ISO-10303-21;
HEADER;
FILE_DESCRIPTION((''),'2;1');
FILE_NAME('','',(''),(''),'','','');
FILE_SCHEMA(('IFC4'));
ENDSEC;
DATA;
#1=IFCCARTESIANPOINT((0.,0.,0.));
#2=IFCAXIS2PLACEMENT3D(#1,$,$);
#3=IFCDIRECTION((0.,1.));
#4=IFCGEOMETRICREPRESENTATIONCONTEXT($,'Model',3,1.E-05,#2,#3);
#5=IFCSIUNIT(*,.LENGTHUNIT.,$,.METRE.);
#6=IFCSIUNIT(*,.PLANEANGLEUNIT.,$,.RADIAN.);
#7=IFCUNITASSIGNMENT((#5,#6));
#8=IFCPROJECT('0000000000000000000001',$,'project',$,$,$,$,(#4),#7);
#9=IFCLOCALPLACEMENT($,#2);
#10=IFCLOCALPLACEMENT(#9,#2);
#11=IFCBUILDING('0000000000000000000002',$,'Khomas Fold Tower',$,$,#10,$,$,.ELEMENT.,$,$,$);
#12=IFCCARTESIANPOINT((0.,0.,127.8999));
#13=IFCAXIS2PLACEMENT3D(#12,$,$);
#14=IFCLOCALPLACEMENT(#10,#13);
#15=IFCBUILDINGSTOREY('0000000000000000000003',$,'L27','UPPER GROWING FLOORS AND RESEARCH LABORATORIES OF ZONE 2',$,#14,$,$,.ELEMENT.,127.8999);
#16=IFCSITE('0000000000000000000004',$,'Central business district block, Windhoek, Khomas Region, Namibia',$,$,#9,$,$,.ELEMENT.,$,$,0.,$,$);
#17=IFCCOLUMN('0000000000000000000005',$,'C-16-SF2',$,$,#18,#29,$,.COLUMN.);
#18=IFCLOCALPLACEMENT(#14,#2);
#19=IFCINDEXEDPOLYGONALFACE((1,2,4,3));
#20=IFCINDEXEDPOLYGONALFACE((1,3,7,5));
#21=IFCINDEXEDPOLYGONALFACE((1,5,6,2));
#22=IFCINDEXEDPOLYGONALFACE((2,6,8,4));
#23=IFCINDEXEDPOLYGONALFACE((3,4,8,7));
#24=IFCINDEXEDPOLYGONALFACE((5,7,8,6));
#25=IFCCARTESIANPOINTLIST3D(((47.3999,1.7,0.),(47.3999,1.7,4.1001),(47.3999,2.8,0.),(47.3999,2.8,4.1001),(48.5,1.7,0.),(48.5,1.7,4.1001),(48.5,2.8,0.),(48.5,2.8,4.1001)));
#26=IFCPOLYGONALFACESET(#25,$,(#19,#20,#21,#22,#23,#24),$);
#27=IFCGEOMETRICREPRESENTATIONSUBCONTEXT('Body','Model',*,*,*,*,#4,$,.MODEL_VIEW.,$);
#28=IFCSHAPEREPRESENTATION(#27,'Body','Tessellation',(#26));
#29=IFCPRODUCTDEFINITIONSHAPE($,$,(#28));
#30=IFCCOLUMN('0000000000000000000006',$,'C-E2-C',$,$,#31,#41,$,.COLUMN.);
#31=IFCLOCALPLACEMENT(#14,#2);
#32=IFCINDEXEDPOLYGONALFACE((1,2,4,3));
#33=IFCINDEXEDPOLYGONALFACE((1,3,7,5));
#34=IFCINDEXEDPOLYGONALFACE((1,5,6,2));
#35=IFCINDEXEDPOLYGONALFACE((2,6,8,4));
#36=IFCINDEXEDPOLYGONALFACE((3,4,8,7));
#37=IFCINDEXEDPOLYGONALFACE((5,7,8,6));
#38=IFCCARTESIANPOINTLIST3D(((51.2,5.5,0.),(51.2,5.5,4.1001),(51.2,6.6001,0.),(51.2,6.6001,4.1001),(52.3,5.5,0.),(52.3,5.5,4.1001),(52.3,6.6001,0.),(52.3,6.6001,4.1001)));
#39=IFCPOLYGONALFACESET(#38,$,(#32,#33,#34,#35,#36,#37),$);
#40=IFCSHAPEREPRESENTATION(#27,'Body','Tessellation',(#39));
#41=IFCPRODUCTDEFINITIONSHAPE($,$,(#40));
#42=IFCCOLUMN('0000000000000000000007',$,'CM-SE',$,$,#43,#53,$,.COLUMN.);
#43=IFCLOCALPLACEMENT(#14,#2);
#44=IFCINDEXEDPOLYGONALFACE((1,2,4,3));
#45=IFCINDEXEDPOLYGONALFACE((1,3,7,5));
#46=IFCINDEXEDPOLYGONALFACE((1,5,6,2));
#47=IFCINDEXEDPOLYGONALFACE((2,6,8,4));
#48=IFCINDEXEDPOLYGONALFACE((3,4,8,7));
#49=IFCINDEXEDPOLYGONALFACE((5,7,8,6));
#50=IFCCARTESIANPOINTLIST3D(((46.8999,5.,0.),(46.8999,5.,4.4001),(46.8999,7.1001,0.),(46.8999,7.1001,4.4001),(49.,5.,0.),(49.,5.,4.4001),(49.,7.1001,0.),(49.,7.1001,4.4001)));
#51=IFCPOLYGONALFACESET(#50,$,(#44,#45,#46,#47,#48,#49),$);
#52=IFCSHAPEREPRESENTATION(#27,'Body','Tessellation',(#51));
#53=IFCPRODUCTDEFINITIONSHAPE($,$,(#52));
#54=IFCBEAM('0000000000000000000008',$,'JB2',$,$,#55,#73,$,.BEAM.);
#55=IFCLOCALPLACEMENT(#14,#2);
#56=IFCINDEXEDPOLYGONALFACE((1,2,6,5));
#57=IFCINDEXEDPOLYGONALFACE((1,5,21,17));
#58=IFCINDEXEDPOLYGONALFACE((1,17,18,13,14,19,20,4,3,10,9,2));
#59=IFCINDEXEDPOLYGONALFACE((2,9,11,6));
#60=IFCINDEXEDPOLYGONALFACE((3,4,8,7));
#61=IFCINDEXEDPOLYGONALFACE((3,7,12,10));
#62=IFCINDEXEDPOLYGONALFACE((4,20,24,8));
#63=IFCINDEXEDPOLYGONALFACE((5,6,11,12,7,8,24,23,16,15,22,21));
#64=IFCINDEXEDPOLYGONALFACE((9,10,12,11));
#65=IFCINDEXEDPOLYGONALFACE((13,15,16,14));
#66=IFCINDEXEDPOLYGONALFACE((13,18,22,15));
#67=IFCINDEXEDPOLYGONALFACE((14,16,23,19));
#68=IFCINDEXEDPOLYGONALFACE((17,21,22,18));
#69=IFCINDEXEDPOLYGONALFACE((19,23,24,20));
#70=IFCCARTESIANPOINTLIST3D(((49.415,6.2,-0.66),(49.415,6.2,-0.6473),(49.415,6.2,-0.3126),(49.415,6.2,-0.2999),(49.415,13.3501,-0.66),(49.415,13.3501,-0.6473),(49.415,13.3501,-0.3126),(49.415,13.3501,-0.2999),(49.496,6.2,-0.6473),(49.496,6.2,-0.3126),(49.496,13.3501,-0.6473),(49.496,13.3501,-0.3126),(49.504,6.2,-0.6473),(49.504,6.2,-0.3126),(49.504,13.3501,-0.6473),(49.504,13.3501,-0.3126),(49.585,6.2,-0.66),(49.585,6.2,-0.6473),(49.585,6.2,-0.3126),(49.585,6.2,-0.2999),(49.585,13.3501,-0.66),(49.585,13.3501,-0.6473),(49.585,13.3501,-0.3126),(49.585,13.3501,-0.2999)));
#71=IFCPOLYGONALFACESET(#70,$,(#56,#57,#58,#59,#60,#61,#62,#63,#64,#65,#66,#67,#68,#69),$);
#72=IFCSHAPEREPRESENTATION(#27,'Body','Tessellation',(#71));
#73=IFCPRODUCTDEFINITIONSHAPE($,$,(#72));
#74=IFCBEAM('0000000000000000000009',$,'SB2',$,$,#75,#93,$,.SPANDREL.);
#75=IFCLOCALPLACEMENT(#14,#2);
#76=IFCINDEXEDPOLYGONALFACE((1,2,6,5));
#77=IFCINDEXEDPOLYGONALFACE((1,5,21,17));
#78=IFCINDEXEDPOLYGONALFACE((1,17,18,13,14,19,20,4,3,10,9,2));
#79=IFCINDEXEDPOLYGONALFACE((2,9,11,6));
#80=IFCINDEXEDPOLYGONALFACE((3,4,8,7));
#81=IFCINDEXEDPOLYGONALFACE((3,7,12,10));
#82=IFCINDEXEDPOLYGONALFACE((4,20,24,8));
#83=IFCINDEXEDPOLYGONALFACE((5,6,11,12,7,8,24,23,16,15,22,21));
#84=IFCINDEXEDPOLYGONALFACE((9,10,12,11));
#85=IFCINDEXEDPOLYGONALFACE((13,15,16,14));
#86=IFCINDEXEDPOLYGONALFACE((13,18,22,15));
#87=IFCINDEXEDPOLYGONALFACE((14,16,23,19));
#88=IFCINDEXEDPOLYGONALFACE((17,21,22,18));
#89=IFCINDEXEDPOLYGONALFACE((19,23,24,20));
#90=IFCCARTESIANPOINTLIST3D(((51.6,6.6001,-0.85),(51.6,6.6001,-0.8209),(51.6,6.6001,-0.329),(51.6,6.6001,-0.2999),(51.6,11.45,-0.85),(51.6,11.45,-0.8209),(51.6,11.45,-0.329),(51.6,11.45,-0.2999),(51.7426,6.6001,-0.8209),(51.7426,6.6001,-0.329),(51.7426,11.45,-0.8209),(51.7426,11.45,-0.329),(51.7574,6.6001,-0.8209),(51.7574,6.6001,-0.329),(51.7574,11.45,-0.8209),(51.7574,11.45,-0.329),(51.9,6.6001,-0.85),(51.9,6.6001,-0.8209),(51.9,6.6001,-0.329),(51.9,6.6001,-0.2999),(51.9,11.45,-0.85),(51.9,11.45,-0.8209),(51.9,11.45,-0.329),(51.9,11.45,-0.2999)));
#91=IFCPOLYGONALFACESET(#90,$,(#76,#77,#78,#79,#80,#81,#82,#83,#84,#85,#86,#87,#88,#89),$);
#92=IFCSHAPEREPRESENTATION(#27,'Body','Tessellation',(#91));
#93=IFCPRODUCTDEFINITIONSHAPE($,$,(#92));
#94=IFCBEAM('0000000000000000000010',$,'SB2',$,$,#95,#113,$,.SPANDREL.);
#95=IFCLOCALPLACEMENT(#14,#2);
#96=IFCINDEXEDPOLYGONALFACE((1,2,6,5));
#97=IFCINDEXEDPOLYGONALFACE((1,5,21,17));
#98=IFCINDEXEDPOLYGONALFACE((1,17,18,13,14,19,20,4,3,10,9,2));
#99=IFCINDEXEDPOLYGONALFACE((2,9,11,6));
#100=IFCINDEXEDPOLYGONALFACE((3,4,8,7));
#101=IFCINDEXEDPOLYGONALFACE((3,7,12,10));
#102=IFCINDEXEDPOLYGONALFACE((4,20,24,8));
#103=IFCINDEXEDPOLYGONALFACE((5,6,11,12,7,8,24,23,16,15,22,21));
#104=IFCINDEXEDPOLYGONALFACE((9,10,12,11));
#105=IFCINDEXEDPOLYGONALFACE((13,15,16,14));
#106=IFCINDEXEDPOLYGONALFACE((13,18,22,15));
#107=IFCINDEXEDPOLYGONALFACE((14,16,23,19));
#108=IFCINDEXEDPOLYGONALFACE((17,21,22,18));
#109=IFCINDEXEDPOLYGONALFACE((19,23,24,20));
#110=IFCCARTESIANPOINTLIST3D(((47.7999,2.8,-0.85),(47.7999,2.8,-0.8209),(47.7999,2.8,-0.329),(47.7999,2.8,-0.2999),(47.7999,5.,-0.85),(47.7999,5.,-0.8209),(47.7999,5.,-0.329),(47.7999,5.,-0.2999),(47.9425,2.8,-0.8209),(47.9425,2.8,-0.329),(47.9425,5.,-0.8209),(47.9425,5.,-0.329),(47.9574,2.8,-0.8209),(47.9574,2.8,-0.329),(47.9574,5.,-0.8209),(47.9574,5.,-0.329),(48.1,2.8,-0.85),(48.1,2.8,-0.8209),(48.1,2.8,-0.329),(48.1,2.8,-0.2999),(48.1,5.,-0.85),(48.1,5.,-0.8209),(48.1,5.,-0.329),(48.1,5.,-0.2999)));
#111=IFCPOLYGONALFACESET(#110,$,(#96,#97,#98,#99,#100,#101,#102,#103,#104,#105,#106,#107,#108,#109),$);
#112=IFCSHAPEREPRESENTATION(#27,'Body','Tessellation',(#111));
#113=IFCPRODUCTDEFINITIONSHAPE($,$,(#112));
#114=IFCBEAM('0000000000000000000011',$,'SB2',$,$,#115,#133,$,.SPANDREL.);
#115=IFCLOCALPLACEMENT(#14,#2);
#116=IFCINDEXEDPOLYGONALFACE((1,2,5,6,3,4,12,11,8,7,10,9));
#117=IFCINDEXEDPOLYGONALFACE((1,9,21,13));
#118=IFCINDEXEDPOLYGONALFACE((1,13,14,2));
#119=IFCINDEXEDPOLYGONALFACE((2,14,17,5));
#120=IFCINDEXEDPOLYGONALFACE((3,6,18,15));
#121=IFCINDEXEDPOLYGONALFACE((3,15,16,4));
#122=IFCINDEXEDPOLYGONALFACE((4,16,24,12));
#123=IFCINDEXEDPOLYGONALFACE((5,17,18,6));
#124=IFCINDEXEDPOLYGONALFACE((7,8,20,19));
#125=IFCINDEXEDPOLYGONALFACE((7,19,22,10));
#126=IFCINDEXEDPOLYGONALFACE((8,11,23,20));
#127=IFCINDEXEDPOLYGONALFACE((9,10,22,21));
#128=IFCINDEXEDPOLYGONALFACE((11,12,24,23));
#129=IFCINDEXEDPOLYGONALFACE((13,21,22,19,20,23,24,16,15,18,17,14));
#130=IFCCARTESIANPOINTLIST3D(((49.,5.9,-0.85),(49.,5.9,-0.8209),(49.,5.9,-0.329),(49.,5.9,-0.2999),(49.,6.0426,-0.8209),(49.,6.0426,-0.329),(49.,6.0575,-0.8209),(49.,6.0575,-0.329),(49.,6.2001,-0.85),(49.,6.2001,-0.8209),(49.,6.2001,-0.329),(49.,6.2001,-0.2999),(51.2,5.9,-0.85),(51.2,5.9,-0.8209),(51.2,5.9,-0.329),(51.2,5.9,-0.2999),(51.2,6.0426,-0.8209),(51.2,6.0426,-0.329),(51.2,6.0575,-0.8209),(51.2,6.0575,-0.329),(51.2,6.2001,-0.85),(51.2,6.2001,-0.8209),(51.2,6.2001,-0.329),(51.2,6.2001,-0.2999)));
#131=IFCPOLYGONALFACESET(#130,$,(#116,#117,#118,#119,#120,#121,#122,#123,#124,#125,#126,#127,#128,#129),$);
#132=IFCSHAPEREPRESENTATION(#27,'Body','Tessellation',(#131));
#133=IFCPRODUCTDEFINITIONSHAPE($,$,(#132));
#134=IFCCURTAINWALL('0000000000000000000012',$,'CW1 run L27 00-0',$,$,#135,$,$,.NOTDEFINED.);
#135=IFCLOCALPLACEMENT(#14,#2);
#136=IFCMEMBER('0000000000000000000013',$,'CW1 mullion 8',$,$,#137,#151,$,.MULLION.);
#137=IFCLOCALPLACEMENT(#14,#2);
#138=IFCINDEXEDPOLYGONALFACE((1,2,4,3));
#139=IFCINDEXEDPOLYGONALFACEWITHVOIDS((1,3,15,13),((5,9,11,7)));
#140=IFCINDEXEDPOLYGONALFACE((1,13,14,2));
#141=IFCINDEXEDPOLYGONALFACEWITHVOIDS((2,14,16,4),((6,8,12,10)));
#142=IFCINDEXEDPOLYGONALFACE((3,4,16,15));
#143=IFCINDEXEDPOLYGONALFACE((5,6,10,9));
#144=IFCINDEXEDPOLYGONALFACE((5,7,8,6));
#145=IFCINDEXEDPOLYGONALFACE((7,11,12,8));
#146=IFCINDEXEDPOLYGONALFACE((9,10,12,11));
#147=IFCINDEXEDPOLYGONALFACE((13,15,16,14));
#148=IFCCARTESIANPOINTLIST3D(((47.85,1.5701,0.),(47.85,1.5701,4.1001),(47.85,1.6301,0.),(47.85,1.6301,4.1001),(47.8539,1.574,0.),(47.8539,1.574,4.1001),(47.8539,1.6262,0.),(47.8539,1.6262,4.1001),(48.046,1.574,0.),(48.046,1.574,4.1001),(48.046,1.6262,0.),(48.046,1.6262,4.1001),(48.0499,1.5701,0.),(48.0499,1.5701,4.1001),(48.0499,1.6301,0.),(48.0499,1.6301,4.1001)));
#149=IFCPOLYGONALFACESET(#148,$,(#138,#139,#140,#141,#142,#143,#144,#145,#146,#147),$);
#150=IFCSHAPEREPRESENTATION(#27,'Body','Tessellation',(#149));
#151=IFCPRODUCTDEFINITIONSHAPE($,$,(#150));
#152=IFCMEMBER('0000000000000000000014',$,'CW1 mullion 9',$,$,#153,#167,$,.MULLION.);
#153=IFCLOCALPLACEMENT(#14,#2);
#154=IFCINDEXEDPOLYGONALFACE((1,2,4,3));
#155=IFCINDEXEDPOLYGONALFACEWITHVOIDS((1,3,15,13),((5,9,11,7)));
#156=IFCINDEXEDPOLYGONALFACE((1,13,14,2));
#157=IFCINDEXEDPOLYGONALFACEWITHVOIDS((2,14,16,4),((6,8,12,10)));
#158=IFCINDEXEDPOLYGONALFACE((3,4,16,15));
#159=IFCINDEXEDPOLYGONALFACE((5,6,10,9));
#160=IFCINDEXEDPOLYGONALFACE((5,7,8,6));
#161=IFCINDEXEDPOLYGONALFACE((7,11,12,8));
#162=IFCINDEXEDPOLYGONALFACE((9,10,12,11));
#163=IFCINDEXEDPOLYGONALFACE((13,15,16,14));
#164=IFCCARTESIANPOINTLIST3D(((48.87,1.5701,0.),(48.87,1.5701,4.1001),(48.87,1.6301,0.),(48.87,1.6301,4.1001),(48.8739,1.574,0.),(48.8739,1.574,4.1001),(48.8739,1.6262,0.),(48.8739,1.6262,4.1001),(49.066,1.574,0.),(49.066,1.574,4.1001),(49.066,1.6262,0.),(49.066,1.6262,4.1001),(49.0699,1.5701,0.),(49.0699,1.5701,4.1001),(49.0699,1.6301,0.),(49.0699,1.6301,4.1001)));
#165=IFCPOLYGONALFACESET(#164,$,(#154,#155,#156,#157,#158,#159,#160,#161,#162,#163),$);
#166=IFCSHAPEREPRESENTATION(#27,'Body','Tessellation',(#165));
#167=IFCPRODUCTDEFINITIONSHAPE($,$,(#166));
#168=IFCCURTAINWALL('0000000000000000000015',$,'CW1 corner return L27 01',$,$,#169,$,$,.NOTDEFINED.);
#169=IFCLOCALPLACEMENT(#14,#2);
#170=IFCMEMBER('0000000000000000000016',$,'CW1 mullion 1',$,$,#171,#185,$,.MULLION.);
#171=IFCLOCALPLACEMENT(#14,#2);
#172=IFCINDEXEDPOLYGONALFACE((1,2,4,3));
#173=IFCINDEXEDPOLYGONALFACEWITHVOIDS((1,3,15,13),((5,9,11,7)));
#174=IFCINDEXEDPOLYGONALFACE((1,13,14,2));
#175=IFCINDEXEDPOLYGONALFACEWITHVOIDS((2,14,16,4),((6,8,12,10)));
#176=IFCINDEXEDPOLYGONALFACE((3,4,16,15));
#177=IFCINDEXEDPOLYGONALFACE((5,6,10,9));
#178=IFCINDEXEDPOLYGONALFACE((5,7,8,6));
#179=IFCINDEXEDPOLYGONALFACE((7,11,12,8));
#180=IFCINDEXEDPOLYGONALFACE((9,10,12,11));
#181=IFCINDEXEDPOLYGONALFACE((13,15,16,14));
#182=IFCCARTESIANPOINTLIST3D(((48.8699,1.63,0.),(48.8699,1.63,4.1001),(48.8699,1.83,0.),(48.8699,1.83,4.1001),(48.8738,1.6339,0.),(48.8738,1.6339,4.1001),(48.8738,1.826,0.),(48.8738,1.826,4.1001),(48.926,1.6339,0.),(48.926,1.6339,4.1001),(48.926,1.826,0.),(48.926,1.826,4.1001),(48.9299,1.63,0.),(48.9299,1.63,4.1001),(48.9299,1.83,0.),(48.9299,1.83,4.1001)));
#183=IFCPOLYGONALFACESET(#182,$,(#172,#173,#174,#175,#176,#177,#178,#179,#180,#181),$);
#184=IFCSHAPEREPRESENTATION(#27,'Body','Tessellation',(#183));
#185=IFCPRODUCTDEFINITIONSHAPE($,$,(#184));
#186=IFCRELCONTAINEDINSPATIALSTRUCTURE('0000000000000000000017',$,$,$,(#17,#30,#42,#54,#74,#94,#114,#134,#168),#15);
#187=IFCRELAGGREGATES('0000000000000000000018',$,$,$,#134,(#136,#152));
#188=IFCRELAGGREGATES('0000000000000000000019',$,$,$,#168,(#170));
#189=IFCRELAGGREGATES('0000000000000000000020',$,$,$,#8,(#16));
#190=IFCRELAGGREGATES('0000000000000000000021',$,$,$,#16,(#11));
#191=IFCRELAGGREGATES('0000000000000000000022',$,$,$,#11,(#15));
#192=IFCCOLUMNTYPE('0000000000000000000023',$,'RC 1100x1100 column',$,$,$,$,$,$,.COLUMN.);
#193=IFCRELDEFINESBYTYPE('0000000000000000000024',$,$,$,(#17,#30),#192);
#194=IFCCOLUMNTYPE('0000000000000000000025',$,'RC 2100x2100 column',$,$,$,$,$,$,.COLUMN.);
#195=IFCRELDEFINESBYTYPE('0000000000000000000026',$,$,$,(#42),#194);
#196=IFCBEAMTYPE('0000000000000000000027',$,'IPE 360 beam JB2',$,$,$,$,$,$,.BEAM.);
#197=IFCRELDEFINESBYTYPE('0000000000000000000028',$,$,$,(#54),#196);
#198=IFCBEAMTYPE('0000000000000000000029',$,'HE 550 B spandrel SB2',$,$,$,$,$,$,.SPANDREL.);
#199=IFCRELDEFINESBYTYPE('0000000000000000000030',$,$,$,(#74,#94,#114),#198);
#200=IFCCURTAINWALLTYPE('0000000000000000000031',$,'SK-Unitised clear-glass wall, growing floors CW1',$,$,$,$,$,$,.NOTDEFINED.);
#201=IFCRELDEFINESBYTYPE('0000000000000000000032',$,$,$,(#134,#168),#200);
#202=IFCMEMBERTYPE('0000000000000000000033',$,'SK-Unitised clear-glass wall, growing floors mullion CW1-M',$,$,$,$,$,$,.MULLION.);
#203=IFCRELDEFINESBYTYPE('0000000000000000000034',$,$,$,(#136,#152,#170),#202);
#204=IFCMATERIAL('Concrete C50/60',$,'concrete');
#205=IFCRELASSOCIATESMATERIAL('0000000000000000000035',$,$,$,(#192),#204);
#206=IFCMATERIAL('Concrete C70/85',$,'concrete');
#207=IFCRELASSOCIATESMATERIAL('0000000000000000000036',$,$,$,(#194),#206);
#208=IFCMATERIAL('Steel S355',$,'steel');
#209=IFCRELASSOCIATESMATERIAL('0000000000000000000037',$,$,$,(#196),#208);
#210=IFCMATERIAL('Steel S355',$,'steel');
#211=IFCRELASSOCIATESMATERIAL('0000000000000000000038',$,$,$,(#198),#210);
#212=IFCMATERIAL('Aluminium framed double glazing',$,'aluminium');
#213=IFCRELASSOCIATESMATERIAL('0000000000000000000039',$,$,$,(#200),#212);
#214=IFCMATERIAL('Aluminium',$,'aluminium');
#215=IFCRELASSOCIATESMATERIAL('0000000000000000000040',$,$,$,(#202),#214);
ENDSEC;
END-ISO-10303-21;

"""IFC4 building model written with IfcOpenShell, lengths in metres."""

from ifc_helpers import new_model, si_unit, direction, frame, origin, origin_2d, place, context, subcontext, project, spatial, rectangle, hollow_rectangle, i_section, extrude, source, transform, mapped, material, material_profile, profile_set, type_object, element, aggregate, save


model = new_model("IFC4")

# Units and contexts
model_context = context("Model", 3, precision=1e-05, world=origin(), true_north=direction((0.0, 1.0)))
body_context = subcontext(model_context, "Body", "Model", "MODEL_VIEW")
ifc_project = project(units=[si_unit("LENGTHUNIT", "METRE"), si_unit("PLANEANGLEUNIT", "RADIAN")], contexts=[model_context])

# Site, building, storey
site_placement = place(None, origin())
site = spatial("IfcSite", under=ifc_project, at=site_placement, Name="Central business district block, Windhoek, Khomas Region, Namibia", CompositionType="ELEMENT", RefElevation=0.0)
building_placement = place(site_placement, origin())
building = spatial("IfcBuilding", under=site, at=building_placement, Name="Khomas Fold Tower", CompositionType="ELEMENT")
storey_placement = place(building_placement, frame((0.0, 0.0, 127.8999)))
storey = spatial("IfcBuildingStorey", under=building, at=storey_placement, Name="L27", Description="UPPER GROWING FLOORS AND RESEARCH LABORATORIES OF ZONE 2", CompositionType="ELEMENT", Elevation=127.8999)

# Columns
ifc_material_1 = material(Name="Concrete C50/60", Category="concrete")
ifc_material_profile_1 = material_profile(ifc_material_1, rectangle(XDim=1.1001, YDim=1.1001, at=origin_2d()), Name="RC 1100x1100")
ifc_profile_set_1 = profile_set([ifc_material_profile_1], Name="Concrete C50/60")
column_type_1 = type_object("IfcColumnType", Name="RC 1100x1100 column", PredefinedType="COLUMN", material=ifc_profile_set_1)
shared_shape_1 = source(origin(), body_context, "Body", "SweptSolid", [
    extrude(rectangle(XDim=1.1001, YDim=1.1001, at=origin_2d()), origin(), (0.0, 0.0, 1.0), 4.1001),
])
for number, where, z_axis, x_axis, name in (
    (1, (47.95, 2.25, 0.0), (0.0, 0.0, 1.0), (1.0, 0.0, 0.0), "C-16-SF2"),
    (2, (51.75, 6.05, 0.0), (0.0, 0.0, 1.0), (1.0, 0.0, 0.0), "C-E2-C"),
):
    element("IfcColumn", number, at=place(storey_placement, frame(where, z_axis=z_axis, x_axis=x_axis)), inside=storey, type_object=column_type_1, Name=name, PredefinedType="COLUMN", context=body_context, shape_type="MappedRepresentation", body=[
        mapped(shared_shape_1, transform((0.0, 0.0, 0.0))),
    ])
ifc_material_2 = material(Name="Concrete C70/85", Category="concrete")
ifc_material_profile_2 = material_profile(ifc_material_2, rectangle(XDim=2.1001, YDim=2.1001, at=origin_2d()), Name="RC 2100x2100")
ifc_profile_set_2 = profile_set([ifc_material_profile_2], Name="Concrete C70/85")
column_type_2 = type_object("IfcColumnType", Name="RC 2100x2100 column", PredefinedType="COLUMN", material=ifc_profile_set_2)
shared_shape_2 = source(origin(), body_context, "Body", "SweptSolid", [
    extrude(rectangle(XDim=2.1001, YDim=2.1001, at=origin_2d()), origin(), (0.0, 0.0, 1.0), 4.4001),
])
column_placement = place(storey_placement, frame((47.95, 6.05, 0.0), z_axis=(0.0, 0.0, 1.0), x_axis=(1.0, 0.0, 0.0)))
element("IfcColumn", 3, at=column_placement, inside=storey, type_object=column_type_2, Name="CM-SE", PredefinedType="COLUMN", context=body_context, shape_type="MappedRepresentation", body=[
    mapped(shared_shape_2, transform((0.0, 0.0, 0.0))),
])

# Beams
ifc_material_3 = material(Name="Steel S355", Category="steel")
ifc_material_profile_3 = material_profile(ifc_material_3, i_section(OverallWidth=0.1699, OverallDepth=0.3601, WebThickness=0.0081, FlangeThickness=0.0127, at=origin_2d()), Name="IPE 360")
ifc_profile_set_3 = profile_set([ifc_material_profile_3], Name="Steel S355")
beam_type_1 = type_object("IfcBeamType", Name="IPE 360 beam JB2", PredefinedType="BEAM", material=ifc_profile_set_3)
shared_shape_3 = source(origin(), body_context, "Body", "SweptSolid", [
    extrude(i_section(OverallWidth=0.1699, OverallDepth=0.3601, WebThickness=0.0081, FlangeThickness=0.0127, at=origin_2d()), origin(), (0.0, 0.0, 1.0), 7.1501),
])
beam_1_placement = place(storey_placement, frame((49.5, 6.2, -0.48), z_axis=(0.0, 1.0, 0.0), x_axis=(-1.0, 0.0, 0.0)))
element("IfcBeam", 4, at=beam_1_placement, inside=storey, type_object=beam_type_1, Name="JB2", PredefinedType="BEAM", context=body_context, shape_type="MappedRepresentation", body=[
    mapped(shared_shape_3, transform((0.0, 0.0, 0.0))),
])
ifc_material_4 = material(Name="Steel S355", Category="steel")
ifc_material_profile_4 = material_profile(ifc_material_4, i_section(OverallWidth=0.3, OverallDepth=0.55, WebThickness=0.0149, FlangeThickness=0.0291, at=origin_2d()), Name="HE 550 B")
ifc_profile_set_4 = profile_set([ifc_material_profile_4], Name="Steel S355")
beam_type_2 = type_object("IfcBeamType", Name="HE 550 B spandrel SB2", PredefinedType="SPANDREL", material=ifc_profile_set_4)
shared_shape_4 = source(origin(), body_context, "Body", "SweptSolid", [
    extrude(i_section(OverallWidth=0.3, OverallDepth=0.55, WebThickness=0.0149, FlangeThickness=0.0291, at=origin_2d()), origin(), (0.0, 0.0, 1.0), 4.8499),
])
beam_2_placement = place(storey_placement, frame((51.75, 6.6001, -0.575), z_axis=(0.0, 1.0, 0.0), x_axis=(-1.0, 0.0, 0.0)))
element("IfcBeam", 5, at=beam_2_placement, inside=storey, type_object=beam_type_2, Name="SB2", PredefinedType="SPANDREL", context=body_context, shape_type="MappedRepresentation", body=[
    mapped(shared_shape_4, transform((0.0, 0.0, 0.0))),
])
shared_shape_5 = source(origin(), body_context, "Body", "SweptSolid", [
    extrude(i_section(OverallWidth=0.3, OverallDepth=0.55, WebThickness=0.0149, FlangeThickness=0.0291, at=origin_2d()), origin(), (0.0, 0.0, 1.0), 2.2),
])
for number, where, z_axis, x_axis, name in (
    (6, (47.95, 2.8, -0.575), (0.0, 1.0, 0.0), (-1.0, 0.0, 0.0), "SB2"),
    (7, (49.0, 6.05, -0.575), (1.0, 0.0, 0.0), (0.0, 1.0, 0.0), "SB2"),
):
    element("IfcBeam", number, at=place(storey_placement, frame(where, z_axis=z_axis, x_axis=x_axis)), inside=storey, type_object=beam_type_2, Name=name, PredefinedType="SPANDREL", context=body_context, shape_type="MappedRepresentation", body=[
        mapped(shared_shape_5, transform((0.0, 0.0, 0.0))),
    ])

# Curtain walls, members
ifc_material_5 = material(Name="Aluminium framed double glazing", Category="aluminium")
curtain_wall_type = type_object("IfcCurtainWallType", Name="SK-Unitised clear-glass wall, growing floors CW1", PredefinedType="NOTDEFINED", material=ifc_material_5)
curtain_wall_1_placement = place(storey_placement, origin())
curtain_wall_1 = element("IfcCurtainWall", 8, at=curtain_wall_1_placement, inside=storey, type_object=curtain_wall_type, Name="CW1 run L27 00-0", PredefinedType="NOTDEFINED")
ifc_material_6 = material(Name="Aluminium", Category="aluminium")
ifc_material_profile_5 = material_profile(ifc_material_6, hollow_rectangle(XDim=0.0601, YDim=0.2, WallThickness=0.0039, at=origin_2d()), Name="SK-Unitised clear-glass wall, growing floors mullion CW1-M")
ifc_profile_set_5 = profile_set([ifc_material_profile_5], Name="Aluminium")
member_type_1 = type_object("IfcMemberType", Name="SK-Unitised clear-glass wall, growing floors mullion CW1-M", PredefinedType="MULLION", material=ifc_profile_set_5)
shared_shape_6 = source(origin(), body_context, "Body", "SweptSolid", [
    extrude(hollow_rectangle(XDim=0.0601, YDim=0.2, WallThickness=0.0039, at=origin_2d()), origin(), (0.0, 0.0, 1.0), 4.1001),
])
member_1_placement = place(storey_placement, frame((47.95, 1.6001, 0.0), z_axis=(0.0, 0.0, 1.0), x_axis=(0.0, 1.0, 0.0)))
member_1 = element("IfcMember", 9, at=member_1_placement, type_object=member_type_1, Name="CW1 mullion 8", PredefinedType="MULLION", context=body_context, shape_type="MappedRepresentation", body=[
    mapped(shared_shape_6, transform((0.0, 0.0, 0.0))),
])
member_2_placement = place(storey_placement, frame((48.97, 1.6001, 0.0), z_axis=(0.0, 0.0, 1.0), x_axis=(0.0, 1.0, 0.0)))
member_2 = element("IfcMember", 10, at=member_2_placement, type_object=member_type_1, Name="CW1 mullion 9", PredefinedType="MULLION", context=body_context, shape_type="MappedRepresentation", body=[
    mapped(shared_shape_6, transform((0.0, 0.0, 0.0))),
])
curtain_wall_2_placement = place(storey_placement, origin())
curtain_wall_2 = element("IfcCurtainWall", 11, at=curtain_wall_2_placement, inside=storey, type_object=curtain_wall_type, Name="CW1 corner return L27 01", PredefinedType="NOTDEFINED")
member_3_placement = place(storey_placement, frame((48.8999, 1.73, 0.0), z_axis=(0.0, 0.0, 1.0), x_axis=(-1.0, 0.0, 0.0)))
member_3 = element("IfcMember", 12, at=member_3_placement, type_object=member_type_1, Name="CW1 mullion 1", PredefinedType="MULLION", context=body_context, shape_type="MappedRepresentation", body=[
    mapped(shared_shape_6, transform((0.0, 0.0, 0.0))),
])

aggregate(curtain_wall_1, [member_1, member_2])
aggregate(curtain_wall_2, [member_3])

save(model, "model.ifc")
